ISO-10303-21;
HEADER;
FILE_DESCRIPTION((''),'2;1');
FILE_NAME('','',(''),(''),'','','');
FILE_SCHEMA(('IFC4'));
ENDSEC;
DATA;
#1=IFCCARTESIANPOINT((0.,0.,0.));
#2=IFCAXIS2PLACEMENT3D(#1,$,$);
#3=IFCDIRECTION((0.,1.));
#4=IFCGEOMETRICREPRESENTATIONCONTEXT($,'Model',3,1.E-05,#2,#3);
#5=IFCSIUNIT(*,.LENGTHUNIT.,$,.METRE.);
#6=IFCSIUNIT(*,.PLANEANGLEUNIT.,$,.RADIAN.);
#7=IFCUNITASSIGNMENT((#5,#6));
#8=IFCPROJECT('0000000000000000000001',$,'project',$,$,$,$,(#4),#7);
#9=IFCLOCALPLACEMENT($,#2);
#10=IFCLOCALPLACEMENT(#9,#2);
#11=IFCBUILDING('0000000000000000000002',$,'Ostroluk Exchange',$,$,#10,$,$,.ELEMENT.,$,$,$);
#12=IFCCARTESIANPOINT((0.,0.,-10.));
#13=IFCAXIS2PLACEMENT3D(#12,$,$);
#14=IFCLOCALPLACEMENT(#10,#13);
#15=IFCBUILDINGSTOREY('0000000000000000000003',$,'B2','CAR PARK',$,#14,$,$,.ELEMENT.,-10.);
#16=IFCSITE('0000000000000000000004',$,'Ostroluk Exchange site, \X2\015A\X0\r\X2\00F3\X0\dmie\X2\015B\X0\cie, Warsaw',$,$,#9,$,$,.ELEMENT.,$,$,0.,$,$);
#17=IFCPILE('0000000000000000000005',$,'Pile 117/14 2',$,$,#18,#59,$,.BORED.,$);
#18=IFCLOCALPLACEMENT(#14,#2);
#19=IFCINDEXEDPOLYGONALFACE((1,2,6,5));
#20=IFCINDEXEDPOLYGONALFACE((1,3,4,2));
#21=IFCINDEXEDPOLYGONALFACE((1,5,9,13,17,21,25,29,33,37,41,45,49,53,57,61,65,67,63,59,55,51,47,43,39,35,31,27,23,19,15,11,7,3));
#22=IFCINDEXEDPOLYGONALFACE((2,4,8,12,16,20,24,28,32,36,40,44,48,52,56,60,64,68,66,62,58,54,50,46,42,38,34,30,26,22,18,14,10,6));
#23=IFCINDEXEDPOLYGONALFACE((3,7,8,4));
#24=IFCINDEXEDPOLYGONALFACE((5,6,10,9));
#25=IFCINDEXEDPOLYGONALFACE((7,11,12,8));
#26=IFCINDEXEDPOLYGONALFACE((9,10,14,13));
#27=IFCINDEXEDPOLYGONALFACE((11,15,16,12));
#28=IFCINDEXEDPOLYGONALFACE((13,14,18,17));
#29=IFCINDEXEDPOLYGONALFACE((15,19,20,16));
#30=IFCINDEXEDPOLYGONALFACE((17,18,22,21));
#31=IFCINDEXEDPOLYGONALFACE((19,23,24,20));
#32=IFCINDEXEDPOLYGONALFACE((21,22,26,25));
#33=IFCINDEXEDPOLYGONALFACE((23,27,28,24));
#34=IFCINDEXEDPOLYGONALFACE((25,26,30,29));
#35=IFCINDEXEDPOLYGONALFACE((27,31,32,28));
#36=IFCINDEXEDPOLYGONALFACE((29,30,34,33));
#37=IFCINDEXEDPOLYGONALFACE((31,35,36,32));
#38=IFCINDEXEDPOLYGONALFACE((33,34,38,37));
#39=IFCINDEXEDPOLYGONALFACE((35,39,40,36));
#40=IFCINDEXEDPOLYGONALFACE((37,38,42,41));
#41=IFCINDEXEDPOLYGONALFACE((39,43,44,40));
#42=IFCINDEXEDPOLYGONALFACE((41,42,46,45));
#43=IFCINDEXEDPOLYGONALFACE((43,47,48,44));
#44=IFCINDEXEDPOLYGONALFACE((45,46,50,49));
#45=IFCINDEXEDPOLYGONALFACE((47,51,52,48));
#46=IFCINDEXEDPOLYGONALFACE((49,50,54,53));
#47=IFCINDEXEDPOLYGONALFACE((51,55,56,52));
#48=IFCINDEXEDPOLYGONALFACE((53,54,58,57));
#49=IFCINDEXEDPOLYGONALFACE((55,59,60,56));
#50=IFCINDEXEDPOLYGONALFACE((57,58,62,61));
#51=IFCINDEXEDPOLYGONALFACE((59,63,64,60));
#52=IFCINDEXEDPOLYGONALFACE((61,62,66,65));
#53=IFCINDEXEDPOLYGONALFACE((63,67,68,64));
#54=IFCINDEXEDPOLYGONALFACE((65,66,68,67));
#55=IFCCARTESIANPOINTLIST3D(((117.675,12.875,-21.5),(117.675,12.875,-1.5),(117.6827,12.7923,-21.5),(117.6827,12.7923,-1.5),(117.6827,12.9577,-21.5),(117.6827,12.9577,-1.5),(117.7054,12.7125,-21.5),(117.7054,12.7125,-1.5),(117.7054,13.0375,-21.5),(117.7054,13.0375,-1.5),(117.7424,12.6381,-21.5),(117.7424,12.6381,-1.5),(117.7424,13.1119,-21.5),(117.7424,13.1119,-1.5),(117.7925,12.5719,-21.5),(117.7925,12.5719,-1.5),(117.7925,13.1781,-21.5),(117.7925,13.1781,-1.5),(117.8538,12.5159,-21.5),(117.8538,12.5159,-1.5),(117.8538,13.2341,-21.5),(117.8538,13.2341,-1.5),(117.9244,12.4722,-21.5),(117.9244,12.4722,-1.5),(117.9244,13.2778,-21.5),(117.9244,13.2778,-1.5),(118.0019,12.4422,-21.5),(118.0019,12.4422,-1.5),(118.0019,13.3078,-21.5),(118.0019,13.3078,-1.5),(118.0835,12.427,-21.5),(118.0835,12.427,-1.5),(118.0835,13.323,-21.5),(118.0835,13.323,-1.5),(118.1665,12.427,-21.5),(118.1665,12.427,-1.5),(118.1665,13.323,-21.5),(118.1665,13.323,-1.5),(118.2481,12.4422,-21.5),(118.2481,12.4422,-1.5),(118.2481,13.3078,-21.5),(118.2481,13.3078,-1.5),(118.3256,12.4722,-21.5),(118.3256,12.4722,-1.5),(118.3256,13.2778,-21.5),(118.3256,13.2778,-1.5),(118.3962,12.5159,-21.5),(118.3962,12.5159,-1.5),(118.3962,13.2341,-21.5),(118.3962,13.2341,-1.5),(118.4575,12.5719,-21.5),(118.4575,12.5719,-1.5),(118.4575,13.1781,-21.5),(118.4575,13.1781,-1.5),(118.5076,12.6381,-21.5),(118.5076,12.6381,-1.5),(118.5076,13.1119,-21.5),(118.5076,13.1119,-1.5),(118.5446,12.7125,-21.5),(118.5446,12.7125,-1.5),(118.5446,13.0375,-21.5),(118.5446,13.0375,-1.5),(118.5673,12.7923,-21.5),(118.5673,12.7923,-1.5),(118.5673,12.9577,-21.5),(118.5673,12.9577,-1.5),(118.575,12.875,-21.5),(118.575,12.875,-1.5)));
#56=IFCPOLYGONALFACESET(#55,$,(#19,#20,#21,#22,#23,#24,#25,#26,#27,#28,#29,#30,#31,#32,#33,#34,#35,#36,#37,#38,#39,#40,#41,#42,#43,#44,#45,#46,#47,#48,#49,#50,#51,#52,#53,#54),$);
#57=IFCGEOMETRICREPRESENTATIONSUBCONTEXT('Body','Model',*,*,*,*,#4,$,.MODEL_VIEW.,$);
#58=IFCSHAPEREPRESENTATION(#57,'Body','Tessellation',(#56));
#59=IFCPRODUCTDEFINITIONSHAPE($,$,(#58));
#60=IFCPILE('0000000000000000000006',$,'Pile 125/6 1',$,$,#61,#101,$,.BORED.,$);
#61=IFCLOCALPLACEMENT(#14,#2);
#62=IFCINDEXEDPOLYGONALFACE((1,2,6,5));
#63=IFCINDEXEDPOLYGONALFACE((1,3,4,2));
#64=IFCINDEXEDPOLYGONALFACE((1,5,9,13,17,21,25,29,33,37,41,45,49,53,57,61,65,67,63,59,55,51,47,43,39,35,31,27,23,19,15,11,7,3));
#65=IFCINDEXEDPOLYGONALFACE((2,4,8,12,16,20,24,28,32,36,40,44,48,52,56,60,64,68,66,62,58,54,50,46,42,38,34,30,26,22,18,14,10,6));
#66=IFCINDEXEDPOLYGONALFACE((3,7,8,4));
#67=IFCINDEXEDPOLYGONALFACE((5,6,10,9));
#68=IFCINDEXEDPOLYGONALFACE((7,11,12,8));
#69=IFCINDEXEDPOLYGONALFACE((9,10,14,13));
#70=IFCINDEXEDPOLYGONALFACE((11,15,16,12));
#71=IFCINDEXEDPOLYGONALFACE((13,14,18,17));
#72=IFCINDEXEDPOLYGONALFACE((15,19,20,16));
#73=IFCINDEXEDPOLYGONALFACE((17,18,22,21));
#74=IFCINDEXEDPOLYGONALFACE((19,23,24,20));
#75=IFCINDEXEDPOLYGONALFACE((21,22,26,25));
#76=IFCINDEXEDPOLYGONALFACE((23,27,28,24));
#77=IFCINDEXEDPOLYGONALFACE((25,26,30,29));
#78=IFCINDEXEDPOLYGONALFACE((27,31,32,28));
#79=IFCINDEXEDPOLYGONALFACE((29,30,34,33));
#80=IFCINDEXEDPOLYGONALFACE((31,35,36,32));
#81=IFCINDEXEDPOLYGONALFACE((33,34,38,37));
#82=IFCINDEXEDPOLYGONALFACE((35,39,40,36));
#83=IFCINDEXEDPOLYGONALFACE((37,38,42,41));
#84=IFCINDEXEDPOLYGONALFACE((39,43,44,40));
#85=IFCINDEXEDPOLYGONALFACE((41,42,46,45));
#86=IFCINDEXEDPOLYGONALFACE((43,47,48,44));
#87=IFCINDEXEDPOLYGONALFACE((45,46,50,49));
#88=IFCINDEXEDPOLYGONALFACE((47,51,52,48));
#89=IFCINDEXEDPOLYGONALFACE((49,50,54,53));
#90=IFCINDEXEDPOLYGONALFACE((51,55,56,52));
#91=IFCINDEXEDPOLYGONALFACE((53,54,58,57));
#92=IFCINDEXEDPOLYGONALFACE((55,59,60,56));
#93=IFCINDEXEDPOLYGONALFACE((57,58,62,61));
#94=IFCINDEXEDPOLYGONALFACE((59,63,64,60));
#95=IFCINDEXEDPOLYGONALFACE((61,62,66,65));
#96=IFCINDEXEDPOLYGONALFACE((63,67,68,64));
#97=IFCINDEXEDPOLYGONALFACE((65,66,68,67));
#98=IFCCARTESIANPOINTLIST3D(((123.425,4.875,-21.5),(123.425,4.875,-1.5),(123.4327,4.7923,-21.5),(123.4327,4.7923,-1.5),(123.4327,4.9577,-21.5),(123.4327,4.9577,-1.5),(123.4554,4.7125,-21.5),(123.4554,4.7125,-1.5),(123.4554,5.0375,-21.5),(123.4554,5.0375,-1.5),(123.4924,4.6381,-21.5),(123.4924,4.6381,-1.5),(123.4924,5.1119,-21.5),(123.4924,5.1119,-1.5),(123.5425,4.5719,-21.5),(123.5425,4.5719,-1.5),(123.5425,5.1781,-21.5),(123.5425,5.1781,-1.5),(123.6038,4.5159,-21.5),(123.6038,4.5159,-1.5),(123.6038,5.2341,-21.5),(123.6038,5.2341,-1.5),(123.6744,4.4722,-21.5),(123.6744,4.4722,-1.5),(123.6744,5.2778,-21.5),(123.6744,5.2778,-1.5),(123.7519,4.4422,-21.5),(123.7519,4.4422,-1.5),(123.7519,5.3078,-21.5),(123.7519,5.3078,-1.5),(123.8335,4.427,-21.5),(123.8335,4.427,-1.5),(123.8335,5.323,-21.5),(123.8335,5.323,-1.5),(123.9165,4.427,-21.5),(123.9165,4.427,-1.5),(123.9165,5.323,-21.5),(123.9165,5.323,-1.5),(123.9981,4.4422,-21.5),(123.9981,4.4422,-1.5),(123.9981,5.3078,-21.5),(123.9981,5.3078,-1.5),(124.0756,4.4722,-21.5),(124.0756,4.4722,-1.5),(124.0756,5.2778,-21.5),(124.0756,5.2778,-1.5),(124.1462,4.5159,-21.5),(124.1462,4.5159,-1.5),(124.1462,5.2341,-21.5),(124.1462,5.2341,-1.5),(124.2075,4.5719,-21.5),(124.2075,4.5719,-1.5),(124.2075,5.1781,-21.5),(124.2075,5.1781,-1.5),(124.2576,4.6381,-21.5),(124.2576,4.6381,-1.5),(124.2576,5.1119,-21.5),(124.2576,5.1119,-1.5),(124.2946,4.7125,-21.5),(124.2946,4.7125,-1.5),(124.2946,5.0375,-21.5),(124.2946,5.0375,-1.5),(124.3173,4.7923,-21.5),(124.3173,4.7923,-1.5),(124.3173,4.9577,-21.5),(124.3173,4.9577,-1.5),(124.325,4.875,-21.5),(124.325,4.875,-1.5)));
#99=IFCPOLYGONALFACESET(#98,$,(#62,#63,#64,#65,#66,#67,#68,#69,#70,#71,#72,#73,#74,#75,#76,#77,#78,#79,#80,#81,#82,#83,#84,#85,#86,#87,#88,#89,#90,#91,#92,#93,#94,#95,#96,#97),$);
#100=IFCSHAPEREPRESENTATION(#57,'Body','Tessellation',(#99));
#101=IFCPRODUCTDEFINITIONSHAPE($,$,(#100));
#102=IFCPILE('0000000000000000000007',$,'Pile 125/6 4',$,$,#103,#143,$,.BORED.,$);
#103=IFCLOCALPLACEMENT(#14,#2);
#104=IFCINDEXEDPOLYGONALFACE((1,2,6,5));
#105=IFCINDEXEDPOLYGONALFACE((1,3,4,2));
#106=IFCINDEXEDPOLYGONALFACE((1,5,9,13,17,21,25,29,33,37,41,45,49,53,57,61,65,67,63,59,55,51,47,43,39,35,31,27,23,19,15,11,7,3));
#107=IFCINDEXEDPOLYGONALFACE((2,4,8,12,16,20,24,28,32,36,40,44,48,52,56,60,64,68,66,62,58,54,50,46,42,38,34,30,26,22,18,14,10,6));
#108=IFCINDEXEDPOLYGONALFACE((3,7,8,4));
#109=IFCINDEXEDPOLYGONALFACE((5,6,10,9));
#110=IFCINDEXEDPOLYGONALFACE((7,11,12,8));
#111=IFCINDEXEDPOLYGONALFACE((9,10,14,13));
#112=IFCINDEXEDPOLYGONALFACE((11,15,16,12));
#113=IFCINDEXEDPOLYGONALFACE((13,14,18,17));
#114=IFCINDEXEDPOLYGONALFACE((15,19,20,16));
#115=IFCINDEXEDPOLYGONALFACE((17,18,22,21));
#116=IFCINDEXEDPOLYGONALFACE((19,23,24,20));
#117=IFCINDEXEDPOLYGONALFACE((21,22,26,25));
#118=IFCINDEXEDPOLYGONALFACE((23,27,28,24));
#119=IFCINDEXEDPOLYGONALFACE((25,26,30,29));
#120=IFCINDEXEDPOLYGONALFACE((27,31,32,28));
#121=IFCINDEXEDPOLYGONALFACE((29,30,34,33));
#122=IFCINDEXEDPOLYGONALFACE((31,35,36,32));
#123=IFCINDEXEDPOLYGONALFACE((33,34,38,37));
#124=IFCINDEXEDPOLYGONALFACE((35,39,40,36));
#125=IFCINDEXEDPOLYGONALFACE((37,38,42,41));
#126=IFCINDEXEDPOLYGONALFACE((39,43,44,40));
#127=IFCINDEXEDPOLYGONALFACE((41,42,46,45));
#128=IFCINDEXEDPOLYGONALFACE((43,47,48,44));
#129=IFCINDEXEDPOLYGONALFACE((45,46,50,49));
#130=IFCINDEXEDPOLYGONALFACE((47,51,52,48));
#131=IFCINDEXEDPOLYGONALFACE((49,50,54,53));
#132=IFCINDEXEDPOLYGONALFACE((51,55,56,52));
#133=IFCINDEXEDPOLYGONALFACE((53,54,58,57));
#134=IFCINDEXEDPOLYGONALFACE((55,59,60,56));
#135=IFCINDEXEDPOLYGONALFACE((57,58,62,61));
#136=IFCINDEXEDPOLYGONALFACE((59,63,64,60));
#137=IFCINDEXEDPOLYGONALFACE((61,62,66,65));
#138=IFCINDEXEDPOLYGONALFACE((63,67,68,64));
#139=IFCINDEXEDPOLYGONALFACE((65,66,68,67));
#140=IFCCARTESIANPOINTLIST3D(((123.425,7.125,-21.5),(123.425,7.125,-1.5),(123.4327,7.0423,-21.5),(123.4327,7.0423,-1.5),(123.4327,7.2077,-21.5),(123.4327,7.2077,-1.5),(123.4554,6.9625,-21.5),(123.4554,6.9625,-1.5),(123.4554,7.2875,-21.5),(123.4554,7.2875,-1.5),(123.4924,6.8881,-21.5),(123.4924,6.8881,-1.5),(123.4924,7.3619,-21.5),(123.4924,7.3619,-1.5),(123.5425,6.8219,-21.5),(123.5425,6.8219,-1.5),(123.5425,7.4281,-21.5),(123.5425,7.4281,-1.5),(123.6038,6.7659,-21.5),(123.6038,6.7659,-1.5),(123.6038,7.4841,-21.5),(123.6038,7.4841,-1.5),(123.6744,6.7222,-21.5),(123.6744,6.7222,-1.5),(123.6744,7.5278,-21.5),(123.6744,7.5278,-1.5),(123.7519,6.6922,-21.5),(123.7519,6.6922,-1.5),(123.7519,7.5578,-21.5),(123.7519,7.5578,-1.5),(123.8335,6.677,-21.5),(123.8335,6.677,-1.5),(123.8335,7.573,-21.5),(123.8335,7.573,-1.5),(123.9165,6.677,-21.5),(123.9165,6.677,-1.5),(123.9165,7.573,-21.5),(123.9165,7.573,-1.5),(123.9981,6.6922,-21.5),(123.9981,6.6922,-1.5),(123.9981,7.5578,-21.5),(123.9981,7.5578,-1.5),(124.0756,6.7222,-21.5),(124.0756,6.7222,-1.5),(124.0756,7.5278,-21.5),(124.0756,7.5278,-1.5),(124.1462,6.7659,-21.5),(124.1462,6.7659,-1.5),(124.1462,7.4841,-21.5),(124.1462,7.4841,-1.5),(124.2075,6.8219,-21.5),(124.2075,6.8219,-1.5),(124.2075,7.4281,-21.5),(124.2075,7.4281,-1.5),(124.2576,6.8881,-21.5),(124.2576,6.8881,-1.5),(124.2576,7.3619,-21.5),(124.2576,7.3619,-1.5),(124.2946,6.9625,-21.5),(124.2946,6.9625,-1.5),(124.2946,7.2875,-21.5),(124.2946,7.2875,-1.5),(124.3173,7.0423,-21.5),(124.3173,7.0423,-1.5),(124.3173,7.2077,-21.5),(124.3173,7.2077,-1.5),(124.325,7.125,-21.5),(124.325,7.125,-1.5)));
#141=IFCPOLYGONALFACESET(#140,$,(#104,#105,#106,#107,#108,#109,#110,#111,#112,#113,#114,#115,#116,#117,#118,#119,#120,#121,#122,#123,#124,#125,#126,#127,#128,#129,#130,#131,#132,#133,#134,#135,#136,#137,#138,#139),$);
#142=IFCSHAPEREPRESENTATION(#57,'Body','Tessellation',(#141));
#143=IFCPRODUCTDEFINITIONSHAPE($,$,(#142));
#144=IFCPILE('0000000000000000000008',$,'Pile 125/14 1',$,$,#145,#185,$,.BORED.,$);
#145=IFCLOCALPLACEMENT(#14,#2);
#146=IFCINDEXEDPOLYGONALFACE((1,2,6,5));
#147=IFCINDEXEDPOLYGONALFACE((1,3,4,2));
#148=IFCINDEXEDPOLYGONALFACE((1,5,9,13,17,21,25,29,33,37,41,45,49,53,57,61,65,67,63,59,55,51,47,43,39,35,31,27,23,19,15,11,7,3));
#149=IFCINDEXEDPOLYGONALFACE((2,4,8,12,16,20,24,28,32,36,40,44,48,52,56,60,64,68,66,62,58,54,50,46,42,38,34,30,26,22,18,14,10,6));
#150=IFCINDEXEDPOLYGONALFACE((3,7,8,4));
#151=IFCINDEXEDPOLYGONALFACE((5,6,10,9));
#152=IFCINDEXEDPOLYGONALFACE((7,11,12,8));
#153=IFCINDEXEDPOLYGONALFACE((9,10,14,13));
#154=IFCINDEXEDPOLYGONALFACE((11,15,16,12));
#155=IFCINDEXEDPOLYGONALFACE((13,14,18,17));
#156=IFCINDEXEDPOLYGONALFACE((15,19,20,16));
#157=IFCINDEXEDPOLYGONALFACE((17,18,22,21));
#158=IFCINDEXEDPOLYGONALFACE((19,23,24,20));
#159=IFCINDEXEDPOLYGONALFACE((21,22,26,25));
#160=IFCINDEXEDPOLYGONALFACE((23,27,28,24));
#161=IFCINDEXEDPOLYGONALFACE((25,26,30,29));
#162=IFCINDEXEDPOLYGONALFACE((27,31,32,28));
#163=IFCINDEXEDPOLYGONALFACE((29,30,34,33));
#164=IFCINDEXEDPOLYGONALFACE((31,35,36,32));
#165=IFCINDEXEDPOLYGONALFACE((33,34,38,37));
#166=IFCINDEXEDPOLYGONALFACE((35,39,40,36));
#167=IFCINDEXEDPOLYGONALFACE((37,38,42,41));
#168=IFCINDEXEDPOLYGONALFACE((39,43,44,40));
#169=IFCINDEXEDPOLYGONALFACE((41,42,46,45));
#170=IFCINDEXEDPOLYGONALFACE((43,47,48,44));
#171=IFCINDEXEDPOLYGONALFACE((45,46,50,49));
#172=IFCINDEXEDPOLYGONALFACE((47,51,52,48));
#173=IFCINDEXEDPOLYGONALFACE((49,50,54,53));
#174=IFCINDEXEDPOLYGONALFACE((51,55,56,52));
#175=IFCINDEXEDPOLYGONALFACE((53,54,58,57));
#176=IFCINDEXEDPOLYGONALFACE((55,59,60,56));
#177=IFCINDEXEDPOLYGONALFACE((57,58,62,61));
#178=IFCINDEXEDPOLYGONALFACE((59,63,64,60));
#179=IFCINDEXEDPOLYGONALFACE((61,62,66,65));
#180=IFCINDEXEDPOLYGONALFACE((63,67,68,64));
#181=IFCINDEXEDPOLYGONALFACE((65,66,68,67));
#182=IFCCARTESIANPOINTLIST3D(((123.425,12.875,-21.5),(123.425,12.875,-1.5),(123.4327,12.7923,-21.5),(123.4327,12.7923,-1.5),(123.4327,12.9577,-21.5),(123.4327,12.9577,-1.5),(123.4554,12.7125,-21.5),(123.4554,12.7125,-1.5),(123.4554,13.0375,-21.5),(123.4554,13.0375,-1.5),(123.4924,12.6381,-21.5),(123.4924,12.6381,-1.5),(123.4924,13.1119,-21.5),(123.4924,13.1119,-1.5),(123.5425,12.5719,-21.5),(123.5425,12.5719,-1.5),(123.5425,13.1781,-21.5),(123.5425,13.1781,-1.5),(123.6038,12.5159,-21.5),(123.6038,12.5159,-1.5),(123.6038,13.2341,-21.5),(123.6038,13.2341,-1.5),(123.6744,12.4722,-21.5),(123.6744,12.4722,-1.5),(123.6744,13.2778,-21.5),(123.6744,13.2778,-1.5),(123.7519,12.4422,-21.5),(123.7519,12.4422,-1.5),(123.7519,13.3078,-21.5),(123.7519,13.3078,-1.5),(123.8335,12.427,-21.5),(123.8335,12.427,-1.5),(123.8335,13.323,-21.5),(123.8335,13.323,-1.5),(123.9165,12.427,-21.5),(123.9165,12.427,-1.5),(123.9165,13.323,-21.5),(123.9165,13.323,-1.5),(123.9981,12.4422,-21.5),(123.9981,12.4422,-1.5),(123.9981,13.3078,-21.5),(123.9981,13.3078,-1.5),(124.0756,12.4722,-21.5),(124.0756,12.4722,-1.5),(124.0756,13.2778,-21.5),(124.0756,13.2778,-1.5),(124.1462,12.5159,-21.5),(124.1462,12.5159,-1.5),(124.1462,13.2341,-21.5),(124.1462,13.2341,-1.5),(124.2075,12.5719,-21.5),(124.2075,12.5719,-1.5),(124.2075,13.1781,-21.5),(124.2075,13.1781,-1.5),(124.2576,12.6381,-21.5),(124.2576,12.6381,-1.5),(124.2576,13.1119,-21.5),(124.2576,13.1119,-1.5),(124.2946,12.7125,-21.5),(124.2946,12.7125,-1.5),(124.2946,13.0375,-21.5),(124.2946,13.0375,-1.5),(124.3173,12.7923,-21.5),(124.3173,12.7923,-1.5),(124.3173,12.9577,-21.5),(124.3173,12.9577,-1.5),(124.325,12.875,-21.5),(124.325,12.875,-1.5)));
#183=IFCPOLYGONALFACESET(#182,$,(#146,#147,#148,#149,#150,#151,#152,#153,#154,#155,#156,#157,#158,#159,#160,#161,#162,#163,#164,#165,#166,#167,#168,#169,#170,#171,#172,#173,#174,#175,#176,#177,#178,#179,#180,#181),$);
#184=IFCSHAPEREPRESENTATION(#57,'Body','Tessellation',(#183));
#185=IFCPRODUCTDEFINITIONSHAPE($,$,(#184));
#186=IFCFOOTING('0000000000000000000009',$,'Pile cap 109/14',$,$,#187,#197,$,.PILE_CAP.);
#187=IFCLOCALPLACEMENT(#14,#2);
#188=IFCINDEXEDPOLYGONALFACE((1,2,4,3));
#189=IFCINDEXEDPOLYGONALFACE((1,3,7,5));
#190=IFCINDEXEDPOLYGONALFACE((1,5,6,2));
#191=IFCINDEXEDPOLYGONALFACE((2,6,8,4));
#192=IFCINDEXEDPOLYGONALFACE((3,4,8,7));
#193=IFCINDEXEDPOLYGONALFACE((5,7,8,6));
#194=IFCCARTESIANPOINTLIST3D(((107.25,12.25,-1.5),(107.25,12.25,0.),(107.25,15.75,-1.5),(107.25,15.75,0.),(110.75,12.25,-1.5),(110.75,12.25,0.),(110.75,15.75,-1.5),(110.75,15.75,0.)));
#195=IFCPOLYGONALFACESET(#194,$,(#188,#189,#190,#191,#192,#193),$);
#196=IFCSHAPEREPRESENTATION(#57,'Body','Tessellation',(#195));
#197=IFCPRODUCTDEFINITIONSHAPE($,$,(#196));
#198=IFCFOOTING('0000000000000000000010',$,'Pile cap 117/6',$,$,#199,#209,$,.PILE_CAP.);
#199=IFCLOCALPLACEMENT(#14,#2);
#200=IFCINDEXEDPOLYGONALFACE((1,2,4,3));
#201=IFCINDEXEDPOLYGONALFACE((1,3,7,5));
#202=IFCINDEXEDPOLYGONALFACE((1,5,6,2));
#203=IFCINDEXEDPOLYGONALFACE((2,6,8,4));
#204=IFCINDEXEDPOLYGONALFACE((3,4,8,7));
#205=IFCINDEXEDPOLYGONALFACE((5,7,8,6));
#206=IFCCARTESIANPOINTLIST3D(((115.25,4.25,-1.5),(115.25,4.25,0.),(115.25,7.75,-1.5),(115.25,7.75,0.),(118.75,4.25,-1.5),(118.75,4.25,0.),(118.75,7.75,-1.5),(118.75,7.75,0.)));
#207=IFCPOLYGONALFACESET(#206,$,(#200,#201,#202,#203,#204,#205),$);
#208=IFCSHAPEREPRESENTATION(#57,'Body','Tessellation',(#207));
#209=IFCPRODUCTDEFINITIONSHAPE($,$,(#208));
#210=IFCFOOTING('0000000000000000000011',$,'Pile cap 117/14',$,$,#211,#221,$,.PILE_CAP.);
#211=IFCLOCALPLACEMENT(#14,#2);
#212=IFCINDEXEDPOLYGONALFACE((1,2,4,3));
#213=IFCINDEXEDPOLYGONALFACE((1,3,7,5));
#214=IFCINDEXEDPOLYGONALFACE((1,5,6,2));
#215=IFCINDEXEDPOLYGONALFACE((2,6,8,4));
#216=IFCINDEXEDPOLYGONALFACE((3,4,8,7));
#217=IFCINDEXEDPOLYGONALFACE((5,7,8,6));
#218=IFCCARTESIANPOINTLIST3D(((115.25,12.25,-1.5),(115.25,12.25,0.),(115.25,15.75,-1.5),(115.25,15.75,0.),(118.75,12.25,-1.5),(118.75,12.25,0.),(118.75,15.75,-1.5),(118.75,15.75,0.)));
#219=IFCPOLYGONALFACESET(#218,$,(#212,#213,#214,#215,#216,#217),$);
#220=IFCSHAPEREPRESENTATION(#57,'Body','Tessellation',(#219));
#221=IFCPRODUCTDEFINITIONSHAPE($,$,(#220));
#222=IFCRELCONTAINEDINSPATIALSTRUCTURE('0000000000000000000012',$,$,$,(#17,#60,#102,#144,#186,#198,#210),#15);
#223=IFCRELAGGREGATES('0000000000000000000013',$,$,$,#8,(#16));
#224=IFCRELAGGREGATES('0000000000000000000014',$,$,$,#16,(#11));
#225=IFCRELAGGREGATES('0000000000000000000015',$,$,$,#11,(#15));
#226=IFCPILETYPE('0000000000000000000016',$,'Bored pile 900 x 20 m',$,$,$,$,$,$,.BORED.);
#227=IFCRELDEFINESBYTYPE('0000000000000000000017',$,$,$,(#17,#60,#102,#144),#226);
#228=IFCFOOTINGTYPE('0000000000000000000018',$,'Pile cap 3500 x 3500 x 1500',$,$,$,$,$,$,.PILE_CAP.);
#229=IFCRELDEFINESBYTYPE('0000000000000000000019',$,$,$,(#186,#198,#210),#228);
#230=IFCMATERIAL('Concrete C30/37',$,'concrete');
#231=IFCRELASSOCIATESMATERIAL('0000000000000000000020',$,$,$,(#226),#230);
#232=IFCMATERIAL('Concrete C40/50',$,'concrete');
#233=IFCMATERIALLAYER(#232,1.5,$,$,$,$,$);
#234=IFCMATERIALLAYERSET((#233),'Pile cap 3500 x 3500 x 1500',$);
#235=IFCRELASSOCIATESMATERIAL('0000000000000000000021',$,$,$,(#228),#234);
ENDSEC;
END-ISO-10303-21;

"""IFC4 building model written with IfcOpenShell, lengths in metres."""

from ifc_helpers import new_model, si_unit, direction, frame, origin, origin_2d, place, context, subcontext, project, spatial, rectangle, circle, extrude, material, layer, layer_set, type_object, element, save


model = new_model("IFC4")

# Units and contexts
model_context = context("Model", 3, precision=1e-05, world=origin(), true_north=direction((0.0, 1.0)))
body_context = subcontext(model_context, "Body", "Model", "MODEL_VIEW")
ifc_project = project(units=[si_unit("LENGTHUNIT", "METRE"), si_unit("PLANEANGLEUNIT", "RADIAN")], contexts=[model_context])

# Site, building, storey
site_placement = place(None, origin())
site = spatial("IfcSite", under=ifc_project, at=site_placement, Name="Ostroluk Exchange site, Śródmieście, Warsaw", CompositionType="ELEMENT", RefElevation=0.0)
building_placement = place(site_placement, origin())
building = spatial("IfcBuilding", under=site, at=building_placement, Name="Ostroluk Exchange", CompositionType="ELEMENT")
storey_placement = place(building_placement, frame((0.0, 0.0, -10.0)))
storey = spatial("IfcBuildingStorey", under=building, at=storey_placement, Name="B2", Description="CAR PARK", CompositionType="ELEMENT", Elevation=-10.0)

# Piles
ifc_material_1 = material(Name="Concrete C30/37", Category="concrete")
pile_type = type_object("IfcPileType", Name="Bored pile 900 x 20 m", PredefinedType="BORED", material=ifc_material_1)
for number, where, z_axis, x_axis, name in (
    (1, (118.125, 12.875, -1.5), (0.0, 0.0, -1.0), (1.0, 0.0, 0.0), "Pile 117/14 2"),
    (2, (123.875, 4.875, -1.5), (0.0, 0.0, -1.0), (1.0, 0.0, 0.0), "Pile 125/6 1"),
    (3, (123.875, 7.125, -1.5), (0.0, 0.0, -1.0), (1.0, 0.0, 0.0), "Pile 125/6 4"),
    (4, (123.875, 12.875, -1.5), (0.0, 0.0, -1.0), (1.0, 0.0, 0.0), "Pile 125/14 1"),
):
    element("IfcPile", number, at=place(storey_placement, frame(where, z_axis=z_axis, x_axis=x_axis)), inside=storey, type_object=pile_type, Name=name, PredefinedType="BORED", context=body_context, shape_type="SweptSolid", body=[
        extrude(circle(Radius=0.45, at=origin_2d()), origin(), (0.0, 0.0, 1.0), 20.0),
    ])

# Footings
ifc_material_2 = material(Name="Concrete C40/50", Category="concrete")
ifc_layer_1 = layer(ifc_material_2, 1.5)
ifc_layer_set_1 = layer_set([ifc_layer_1], Name="Pile cap 3500 x 3500 x 1500")
footing_type = type_object("IfcFootingType", Name="Pile cap 3500 x 3500 x 1500", PredefinedType="PILE_CAP", material=ifc_layer_set_1)
for number, where, z_axis, x_axis, name in (
    (5, (109.0, 14.0, -1.5), (0.0, 0.0, 1.0), (1.0, 0.0, 0.0), "Pile cap 109/14"),
    (6, (117.0, 6.0, -1.5), (0.0, 0.0, 1.0), (1.0, 0.0, 0.0), "Pile cap 117/6"),
    (7, (117.0, 14.0, -1.5), (0.0, 0.0, 1.0), (1.0, 0.0, 0.0), "Pile cap 117/14"),
):
    element("IfcFooting", number, at=place(storey_placement, frame(where, z_axis=z_axis, x_axis=x_axis)), inside=storey, type_object=footing_type, Name=name, PredefinedType="PILE_CAP", context=body_context, shape_type="SweptSolid", body=[
        extrude(rectangle(XDim=3.5, YDim=3.5, at=origin_2d()), origin(), (0.0, 0.0, 1.0), 1.5),
    ])

save(model, "model.ifc")
